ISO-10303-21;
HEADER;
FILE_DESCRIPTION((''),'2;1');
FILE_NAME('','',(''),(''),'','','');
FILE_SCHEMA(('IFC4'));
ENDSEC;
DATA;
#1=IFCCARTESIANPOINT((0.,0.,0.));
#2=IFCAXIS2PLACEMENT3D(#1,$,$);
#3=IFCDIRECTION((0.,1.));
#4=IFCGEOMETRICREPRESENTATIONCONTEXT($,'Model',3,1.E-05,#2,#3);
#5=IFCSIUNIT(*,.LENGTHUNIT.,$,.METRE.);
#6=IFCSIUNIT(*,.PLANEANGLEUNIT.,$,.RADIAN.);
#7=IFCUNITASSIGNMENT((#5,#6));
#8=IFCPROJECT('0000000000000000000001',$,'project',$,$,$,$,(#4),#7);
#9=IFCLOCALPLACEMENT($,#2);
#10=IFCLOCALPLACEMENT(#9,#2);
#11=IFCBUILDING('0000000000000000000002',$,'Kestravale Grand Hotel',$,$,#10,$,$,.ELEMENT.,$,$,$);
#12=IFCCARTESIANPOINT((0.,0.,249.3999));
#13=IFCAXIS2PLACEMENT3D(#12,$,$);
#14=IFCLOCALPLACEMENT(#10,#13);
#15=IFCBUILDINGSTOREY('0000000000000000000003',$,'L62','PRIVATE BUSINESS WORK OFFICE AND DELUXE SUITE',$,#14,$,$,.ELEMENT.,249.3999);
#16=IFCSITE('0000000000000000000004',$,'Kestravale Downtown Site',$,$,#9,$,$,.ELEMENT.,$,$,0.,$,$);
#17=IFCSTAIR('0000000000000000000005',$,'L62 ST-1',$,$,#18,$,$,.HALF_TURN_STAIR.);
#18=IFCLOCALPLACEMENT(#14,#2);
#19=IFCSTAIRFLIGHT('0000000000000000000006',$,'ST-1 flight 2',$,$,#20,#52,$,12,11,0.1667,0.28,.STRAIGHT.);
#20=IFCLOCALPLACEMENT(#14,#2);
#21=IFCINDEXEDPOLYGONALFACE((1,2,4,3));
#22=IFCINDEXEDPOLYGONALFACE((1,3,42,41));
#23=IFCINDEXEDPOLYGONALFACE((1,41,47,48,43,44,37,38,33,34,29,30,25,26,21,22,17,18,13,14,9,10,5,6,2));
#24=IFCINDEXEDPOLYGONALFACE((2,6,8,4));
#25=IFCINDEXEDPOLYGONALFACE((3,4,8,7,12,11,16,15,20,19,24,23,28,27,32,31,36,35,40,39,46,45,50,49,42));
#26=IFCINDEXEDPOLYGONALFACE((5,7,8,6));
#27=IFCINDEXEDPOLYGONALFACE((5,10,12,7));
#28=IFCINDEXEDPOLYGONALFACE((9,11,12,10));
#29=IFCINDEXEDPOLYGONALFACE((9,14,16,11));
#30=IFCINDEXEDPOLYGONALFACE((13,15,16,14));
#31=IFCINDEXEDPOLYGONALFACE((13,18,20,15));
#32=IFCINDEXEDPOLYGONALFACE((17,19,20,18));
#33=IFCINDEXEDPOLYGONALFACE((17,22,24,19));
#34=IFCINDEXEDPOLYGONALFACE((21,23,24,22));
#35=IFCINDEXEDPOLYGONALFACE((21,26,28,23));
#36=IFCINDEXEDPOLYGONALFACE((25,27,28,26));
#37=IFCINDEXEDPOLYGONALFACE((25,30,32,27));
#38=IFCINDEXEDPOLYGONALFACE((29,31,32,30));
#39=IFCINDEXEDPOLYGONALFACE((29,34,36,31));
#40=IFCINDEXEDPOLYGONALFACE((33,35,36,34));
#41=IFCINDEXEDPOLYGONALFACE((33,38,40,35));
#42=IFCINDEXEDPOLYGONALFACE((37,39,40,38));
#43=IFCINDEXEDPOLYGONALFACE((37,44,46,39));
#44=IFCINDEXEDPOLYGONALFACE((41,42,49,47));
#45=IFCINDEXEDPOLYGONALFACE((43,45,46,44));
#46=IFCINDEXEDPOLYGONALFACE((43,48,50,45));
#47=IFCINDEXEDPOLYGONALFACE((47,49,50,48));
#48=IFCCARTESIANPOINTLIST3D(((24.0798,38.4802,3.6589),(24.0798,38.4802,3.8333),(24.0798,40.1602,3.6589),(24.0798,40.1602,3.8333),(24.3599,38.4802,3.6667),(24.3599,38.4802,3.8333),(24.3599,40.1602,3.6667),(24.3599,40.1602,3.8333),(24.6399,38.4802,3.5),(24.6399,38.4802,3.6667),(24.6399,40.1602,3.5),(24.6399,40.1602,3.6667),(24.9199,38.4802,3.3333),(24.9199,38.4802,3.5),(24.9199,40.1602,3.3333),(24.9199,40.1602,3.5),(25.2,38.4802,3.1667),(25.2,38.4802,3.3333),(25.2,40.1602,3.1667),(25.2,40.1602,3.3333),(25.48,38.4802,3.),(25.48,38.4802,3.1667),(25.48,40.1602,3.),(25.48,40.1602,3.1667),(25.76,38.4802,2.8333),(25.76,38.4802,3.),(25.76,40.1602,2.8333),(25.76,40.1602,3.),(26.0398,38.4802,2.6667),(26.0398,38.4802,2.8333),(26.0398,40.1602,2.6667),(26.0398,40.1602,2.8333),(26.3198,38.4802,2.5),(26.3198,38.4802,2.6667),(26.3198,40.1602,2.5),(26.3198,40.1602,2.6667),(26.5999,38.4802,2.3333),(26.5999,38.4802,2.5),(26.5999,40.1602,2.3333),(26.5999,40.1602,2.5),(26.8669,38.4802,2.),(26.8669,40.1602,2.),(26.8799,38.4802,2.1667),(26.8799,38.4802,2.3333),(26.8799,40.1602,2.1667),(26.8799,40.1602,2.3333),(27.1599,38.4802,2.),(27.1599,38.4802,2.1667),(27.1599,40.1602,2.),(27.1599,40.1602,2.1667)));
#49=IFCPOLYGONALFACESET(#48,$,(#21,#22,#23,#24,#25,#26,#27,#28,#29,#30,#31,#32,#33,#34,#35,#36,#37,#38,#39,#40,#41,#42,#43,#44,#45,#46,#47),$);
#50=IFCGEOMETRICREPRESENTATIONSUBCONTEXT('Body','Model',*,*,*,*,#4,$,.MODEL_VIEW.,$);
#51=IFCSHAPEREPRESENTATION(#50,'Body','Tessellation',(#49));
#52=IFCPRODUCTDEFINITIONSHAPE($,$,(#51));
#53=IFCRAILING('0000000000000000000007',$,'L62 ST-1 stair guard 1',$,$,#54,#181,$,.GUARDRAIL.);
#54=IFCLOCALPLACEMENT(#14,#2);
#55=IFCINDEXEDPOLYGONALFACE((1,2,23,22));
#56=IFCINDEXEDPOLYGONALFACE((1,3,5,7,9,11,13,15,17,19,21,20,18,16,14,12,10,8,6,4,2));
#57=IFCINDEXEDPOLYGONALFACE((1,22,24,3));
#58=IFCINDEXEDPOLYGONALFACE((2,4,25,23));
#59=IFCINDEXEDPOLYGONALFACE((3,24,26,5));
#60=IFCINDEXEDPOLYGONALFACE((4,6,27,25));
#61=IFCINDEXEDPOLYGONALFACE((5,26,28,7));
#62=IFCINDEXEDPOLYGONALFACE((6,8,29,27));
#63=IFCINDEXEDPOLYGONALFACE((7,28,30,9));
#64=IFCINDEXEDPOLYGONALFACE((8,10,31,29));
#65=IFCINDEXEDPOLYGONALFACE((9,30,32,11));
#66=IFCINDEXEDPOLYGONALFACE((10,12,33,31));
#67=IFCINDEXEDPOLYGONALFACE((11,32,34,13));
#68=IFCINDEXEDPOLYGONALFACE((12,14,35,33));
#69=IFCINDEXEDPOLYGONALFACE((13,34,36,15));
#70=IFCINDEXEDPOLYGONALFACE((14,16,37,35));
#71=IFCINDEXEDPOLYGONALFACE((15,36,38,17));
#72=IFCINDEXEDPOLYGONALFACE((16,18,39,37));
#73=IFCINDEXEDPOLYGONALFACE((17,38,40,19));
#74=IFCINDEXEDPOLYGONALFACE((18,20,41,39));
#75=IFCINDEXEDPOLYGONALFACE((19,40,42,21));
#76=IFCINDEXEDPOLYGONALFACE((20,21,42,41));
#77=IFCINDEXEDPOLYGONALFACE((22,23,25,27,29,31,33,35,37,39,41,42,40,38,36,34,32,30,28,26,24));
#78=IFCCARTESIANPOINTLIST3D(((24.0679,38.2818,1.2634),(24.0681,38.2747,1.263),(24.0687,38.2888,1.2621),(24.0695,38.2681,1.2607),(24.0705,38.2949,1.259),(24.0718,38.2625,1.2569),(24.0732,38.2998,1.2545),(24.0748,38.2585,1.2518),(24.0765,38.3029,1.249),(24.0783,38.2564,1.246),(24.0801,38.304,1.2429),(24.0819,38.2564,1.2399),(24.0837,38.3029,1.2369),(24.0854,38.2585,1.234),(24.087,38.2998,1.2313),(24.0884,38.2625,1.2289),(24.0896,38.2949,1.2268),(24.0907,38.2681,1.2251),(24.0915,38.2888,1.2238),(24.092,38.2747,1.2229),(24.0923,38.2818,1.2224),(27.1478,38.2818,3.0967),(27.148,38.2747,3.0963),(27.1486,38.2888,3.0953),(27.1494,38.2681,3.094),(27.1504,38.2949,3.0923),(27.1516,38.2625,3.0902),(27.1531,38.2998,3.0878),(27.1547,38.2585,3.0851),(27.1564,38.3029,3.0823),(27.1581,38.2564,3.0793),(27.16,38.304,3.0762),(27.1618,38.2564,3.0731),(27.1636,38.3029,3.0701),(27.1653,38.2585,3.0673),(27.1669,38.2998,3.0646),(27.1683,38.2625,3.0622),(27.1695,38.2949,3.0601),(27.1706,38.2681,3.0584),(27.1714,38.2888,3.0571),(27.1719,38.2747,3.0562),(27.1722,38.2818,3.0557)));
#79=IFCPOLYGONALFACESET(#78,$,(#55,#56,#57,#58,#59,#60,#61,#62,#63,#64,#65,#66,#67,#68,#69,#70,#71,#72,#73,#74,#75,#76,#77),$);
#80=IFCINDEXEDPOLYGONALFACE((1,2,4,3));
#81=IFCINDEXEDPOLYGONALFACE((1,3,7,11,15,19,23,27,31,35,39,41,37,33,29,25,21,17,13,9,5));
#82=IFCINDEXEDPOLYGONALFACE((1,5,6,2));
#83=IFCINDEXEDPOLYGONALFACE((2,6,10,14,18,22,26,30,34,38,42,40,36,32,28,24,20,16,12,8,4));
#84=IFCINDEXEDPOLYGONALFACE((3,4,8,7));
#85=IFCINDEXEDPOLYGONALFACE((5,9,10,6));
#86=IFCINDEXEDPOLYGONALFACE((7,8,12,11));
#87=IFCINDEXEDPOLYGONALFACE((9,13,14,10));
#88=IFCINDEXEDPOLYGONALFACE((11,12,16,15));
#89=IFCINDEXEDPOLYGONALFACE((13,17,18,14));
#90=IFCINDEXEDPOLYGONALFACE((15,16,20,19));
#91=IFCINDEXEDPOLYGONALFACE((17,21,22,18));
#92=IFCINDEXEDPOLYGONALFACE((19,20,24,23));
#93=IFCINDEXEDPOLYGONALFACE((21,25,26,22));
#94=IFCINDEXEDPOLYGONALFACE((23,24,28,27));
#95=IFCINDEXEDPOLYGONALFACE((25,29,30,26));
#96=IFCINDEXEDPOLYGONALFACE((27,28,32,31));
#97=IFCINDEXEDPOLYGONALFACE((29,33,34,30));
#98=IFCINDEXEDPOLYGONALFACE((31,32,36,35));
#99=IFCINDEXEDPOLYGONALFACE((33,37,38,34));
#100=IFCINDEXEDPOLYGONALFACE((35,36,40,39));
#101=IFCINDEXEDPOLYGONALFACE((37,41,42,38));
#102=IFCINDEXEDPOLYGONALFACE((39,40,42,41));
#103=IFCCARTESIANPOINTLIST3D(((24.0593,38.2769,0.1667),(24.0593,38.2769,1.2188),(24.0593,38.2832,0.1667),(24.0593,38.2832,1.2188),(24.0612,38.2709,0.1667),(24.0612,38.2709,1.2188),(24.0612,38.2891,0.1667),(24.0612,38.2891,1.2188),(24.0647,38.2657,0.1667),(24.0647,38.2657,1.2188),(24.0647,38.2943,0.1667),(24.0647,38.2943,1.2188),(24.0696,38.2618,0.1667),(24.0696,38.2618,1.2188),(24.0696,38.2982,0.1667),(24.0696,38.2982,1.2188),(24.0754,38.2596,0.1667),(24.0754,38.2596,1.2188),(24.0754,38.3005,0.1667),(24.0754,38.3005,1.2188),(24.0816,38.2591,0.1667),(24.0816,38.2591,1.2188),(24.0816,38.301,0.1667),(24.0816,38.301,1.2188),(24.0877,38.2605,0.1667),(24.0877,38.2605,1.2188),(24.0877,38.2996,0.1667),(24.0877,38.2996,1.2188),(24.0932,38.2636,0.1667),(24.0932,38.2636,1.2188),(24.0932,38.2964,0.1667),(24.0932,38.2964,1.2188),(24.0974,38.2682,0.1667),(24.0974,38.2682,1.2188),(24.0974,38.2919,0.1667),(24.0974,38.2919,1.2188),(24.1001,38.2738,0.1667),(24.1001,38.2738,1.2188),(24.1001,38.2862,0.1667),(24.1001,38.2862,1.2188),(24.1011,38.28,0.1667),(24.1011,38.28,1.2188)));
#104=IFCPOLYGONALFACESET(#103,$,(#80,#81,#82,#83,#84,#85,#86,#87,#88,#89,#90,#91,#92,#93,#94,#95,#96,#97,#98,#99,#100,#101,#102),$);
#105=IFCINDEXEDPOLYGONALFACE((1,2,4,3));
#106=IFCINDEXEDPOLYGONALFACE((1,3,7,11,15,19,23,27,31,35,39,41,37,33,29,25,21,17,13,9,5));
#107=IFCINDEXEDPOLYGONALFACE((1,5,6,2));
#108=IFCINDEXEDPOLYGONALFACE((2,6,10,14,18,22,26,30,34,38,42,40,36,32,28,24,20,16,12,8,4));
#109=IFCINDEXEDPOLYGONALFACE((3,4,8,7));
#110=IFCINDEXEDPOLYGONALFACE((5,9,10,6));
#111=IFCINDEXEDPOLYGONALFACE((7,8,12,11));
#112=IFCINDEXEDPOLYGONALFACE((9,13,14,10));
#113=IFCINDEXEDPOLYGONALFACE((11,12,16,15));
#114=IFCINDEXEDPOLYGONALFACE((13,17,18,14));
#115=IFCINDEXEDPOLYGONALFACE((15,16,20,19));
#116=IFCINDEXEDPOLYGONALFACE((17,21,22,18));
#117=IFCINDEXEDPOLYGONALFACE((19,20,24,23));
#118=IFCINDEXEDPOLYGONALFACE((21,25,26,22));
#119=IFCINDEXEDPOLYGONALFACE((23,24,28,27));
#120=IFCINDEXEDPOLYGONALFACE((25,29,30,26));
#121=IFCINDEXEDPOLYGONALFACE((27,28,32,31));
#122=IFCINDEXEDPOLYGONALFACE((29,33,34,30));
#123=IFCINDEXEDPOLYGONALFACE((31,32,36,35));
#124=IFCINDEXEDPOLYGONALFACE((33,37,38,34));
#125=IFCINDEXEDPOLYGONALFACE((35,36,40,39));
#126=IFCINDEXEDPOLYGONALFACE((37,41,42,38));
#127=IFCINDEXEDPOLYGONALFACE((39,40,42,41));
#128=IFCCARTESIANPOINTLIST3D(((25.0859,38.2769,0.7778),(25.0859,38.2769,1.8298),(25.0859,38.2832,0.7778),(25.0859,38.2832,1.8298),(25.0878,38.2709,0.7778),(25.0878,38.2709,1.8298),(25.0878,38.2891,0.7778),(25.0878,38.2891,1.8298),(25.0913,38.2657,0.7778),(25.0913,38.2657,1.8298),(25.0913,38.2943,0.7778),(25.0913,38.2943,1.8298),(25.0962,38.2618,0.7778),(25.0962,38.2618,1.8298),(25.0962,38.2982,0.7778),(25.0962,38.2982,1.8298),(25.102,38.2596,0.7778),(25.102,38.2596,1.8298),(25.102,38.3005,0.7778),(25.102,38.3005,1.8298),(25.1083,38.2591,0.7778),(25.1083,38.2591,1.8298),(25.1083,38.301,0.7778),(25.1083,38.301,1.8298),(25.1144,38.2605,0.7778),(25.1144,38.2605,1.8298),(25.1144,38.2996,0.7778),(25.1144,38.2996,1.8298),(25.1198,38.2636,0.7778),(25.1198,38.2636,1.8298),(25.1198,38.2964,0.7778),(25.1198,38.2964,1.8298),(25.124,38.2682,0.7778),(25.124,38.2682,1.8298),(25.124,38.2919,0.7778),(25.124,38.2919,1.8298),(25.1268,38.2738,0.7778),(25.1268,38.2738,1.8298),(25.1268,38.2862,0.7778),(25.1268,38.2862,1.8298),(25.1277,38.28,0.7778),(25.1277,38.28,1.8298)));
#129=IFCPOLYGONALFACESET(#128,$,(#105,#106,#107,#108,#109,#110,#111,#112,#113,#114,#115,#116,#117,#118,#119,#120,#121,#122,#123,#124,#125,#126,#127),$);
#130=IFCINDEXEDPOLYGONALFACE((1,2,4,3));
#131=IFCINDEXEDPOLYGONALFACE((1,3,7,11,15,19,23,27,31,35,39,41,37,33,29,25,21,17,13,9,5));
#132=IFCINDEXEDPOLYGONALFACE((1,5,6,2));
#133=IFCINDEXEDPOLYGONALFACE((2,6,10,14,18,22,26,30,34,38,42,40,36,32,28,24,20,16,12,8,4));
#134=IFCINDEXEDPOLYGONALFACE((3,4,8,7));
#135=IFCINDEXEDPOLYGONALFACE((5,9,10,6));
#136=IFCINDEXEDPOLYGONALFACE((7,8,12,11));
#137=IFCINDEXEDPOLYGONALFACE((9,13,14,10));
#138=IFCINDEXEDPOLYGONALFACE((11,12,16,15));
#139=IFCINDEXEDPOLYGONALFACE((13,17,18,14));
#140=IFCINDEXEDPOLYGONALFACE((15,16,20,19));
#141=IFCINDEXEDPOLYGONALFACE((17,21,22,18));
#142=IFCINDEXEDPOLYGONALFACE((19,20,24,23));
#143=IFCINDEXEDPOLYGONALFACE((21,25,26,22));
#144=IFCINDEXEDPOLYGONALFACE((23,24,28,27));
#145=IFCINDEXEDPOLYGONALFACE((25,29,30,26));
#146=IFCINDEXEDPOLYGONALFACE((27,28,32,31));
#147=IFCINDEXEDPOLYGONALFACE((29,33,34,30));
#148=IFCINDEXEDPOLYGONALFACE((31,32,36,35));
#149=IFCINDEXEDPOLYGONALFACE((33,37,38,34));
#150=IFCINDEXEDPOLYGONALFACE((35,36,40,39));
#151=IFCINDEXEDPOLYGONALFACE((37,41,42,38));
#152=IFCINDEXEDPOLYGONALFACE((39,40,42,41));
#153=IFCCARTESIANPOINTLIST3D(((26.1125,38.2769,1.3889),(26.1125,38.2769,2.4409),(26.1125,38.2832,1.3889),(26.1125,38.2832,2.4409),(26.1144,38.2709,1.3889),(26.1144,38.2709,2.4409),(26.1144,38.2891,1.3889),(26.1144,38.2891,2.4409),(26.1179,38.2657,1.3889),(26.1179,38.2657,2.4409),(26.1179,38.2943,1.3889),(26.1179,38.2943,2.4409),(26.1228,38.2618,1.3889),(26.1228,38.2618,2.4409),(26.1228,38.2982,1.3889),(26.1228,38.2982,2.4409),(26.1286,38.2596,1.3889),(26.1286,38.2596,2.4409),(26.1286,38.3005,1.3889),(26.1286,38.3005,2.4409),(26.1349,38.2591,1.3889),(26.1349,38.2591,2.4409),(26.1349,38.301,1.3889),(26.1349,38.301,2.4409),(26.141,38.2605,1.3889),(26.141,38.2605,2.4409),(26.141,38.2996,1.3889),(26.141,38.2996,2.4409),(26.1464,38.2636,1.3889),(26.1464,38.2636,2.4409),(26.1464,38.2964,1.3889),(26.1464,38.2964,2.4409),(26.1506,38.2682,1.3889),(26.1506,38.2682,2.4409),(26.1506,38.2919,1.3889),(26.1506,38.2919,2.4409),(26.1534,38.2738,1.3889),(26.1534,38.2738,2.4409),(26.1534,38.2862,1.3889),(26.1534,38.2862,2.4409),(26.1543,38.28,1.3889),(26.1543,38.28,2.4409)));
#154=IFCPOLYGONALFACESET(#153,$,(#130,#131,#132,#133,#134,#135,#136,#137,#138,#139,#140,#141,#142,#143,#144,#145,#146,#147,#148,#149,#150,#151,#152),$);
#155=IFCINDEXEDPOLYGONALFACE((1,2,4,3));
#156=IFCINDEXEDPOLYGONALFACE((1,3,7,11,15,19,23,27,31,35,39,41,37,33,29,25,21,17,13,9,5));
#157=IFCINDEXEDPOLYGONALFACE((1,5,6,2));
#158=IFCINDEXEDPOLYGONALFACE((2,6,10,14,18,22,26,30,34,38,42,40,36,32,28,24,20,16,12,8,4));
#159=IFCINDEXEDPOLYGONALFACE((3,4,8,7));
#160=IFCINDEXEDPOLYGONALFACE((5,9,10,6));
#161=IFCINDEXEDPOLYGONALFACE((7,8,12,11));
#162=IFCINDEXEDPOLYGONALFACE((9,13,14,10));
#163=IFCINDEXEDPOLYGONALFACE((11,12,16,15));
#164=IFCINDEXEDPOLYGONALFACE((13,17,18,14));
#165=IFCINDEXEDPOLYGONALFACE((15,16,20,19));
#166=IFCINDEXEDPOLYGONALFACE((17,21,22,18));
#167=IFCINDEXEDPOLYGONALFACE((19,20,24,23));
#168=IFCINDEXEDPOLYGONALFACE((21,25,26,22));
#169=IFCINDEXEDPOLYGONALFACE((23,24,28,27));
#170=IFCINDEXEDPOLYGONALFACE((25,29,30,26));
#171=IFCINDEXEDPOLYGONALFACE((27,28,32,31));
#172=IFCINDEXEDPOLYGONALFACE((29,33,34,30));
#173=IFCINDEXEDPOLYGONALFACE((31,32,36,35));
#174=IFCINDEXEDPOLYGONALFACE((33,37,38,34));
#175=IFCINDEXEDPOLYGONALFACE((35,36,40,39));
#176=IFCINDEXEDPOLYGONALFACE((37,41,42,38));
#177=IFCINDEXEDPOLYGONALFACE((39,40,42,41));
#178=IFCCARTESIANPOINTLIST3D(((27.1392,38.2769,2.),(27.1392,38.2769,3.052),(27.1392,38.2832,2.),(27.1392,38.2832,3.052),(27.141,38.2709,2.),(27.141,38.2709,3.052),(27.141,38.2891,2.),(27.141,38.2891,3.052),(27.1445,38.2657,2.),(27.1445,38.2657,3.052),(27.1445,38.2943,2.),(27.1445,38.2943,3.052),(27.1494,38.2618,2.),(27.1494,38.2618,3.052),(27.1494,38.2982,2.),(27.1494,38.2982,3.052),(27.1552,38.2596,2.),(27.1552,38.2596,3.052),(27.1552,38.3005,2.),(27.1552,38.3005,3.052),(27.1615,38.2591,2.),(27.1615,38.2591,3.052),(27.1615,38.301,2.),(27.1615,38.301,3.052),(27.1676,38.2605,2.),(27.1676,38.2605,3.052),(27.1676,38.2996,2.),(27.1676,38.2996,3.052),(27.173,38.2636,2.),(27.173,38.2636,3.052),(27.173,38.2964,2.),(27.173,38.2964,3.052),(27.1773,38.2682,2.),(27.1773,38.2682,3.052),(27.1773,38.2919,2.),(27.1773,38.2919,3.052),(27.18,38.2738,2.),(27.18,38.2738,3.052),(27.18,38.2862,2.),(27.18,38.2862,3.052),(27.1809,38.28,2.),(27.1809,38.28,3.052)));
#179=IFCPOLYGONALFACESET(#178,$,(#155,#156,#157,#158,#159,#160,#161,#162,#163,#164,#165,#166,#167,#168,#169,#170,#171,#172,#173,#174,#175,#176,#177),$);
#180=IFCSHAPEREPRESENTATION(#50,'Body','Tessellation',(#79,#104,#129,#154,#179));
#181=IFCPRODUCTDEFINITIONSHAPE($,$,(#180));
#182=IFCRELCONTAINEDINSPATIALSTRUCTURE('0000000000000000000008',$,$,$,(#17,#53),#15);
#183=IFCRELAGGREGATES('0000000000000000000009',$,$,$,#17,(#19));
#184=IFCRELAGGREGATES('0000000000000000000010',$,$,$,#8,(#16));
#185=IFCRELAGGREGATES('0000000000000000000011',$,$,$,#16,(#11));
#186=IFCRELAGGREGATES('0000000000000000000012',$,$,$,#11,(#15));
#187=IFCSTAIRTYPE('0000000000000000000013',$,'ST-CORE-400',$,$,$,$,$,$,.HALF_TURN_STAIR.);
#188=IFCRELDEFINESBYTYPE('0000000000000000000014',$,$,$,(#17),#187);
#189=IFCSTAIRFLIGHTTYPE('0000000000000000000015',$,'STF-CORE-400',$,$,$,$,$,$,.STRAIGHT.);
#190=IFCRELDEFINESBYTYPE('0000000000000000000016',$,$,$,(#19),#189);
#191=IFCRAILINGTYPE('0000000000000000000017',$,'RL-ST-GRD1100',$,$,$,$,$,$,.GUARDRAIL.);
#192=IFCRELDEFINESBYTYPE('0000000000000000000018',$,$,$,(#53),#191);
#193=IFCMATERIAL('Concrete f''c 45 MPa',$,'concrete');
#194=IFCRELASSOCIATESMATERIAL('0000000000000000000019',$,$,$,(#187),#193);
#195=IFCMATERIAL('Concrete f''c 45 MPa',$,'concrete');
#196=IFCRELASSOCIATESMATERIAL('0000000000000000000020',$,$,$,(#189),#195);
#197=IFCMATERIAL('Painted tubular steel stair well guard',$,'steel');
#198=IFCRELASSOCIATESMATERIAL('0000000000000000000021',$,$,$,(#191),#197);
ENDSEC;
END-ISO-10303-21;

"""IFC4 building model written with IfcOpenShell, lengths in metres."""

from ifc_helpers import new_model, si_unit, direction, frame, origin, origin_2d, place, context, subcontext, project, spatial, polyline, circle, outline, extrude, material, type_object, element, aggregate, save


model = new_model("IFC4")

# Units and contexts
model_context = context("Model", 3, precision=1e-05, world=origin(), true_north=direction((0.0, 1.0)))
body_context = subcontext(model_context, "Body", "Model", "MODEL_VIEW")
ifc_project = project(units=[si_unit("LENGTHUNIT", "METRE"), si_unit("PLANEANGLEUNIT", "RADIAN")], contexts=[model_context])

# Site, building, storey
site_placement = place(None, origin())
site = spatial("IfcSite", under=ifc_project, at=site_placement, Name="Kestravale Downtown Site", CompositionType="ELEMENT", RefElevation=0.0)
building_placement = place(site_placement, origin())
building = spatial("IfcBuilding", under=site, at=building_placement, Name="Kestravale Grand Hotel", CompositionType="ELEMENT")
storey_placement = place(building_placement, frame((0.0, 0.0, 249.3999)))
storey = spatial("IfcBuildingStorey", under=building, at=storey_placement, Name="L62", Description="PRIVATE BUSINESS WORK OFFICE AND DELUXE SUITE", CompositionType="ELEMENT", Elevation=249.3999)

# Stair, stair flight
ifc_material_1 = material(Name="Concrete f'c 45 MPa", Category="concrete")
stair_type = type_object("IfcStairType", Name="ST-CORE-400", PredefinedType="HALF_TURN_STAIR", material=ifc_material_1)
stair_placement = place(storey_placement, origin())
stair = element("IfcStair", 1, at=stair_placement, inside=storey, type_object=stair_type, Name="L62 ST-1", PredefinedType="HALF_TURN_STAIR")
ifc_material_2 = material(Name="Concrete f'c 45 MPa", Category="concrete")
stair_flight_type = type_object("IfcStairFlightType", Name="STF-CORE-400", PredefinedType="STRAIGHT", material=ifc_material_2)
stair_flight_1_placement = place(storey_placement, frame((27.1599, 39.3201, 2.0), z_axis=(0.0, 0.0, 1.0), x_axis=(-1.0, 0.0, 0.0)))
stair_flight_1 = element("IfcStairFlight", 2, at=stair_flight_1_placement, type_object=stair_flight_type, Name="ST-1 flight 2", NumberOfRisers=12, NumberOfTreads=11, PredefinedType="STRAIGHT", RiserHeight=0.1667, TreadLength=0.28, context=body_context, shape_type="SweptSolid", body=[
    extrude(outline(polyline([(0.0, 0.0), (0.0, 0.1667), (0.28, 0.1667), (0.28, 0.3333), (0.5601, 0.3333), (0.5601, 0.5), (0.8401, 0.5), (0.8401, 0.6667), (1.1201, 0.6667), (1.1201, 0.8333), (1.3999, 0.8333), (1.3999, 1.0), (1.6799, 1.0), (1.6799, 1.1667), (1.96, 1.1667), (1.96, 1.3333), (2.24, 1.3333), (2.24, 1.5), (2.52, 1.5), (2.52, 1.6667), (2.8, 1.6667), (2.8, 1.8333), (3.0801, 1.8333), (3.0801, 2.0), (3.0801, 1.6589), (0.293, 0.0), (0.0, 0.0)])), frame((0.0, 0.8398, 0.0), z_axis=(0.0, -1.0, 0.0), x_axis=(1.0, 0.0, 0.0)), (0.0, 0.0, 1.0), 1.6799),
])
aggregate(stair, [stair_flight_1])

# Railing
ifc_material_3 = material(Name="Painted tubular steel stair well guard", Category="steel")
railing_type_1 = type_object("IfcRailingType", Name="RL-ST-GRD1100", PredefinedType="GUARDRAIL", material=ifc_material_3)
railing_1_placement = place(storey_placement, frame((24.0801, 38.28, 0.1667)))
element("IfcRailing", 3, at=railing_1_placement, inside=storey, type_object=railing_type_1, Name="L62 ST-1 stair guard 1", PredefinedType="GUARDRAIL", context=body_context, shape_type="SweptSolid", body=[
    extrude(circle(Radius=0.0239, at=origin_2d()), frame((0.0, 0.0, 1.0762), z_axis=(0.859291, 0.0, 0.511487), x_axis=(0.0, 1.0, 0.0)), (0.0, 0.0, 1.0), 3.5842),
    extrude(circle(Radius=0.021, at=origin_2d()), origin(), (0.0, 0.0, 1.0), 1.052),
    extrude(circle(Radius=0.021, at=origin_2d()), frame((1.0266, 0.0, 0.6111)), (0.0, 0.0, 1.0), 1.052),
    extrude(circle(Radius=0.021, at=origin_2d()), frame((2.0532, 0.0, 1.2222)), (0.0, 0.0, 1.0), 1.052),
    extrude(circle(Radius=0.021, at=origin_2d()), frame((3.0798, 0.0, 1.8333)), (0.0, 0.0, 1.0), 1.052),
])

save(model, "model.ifc")
